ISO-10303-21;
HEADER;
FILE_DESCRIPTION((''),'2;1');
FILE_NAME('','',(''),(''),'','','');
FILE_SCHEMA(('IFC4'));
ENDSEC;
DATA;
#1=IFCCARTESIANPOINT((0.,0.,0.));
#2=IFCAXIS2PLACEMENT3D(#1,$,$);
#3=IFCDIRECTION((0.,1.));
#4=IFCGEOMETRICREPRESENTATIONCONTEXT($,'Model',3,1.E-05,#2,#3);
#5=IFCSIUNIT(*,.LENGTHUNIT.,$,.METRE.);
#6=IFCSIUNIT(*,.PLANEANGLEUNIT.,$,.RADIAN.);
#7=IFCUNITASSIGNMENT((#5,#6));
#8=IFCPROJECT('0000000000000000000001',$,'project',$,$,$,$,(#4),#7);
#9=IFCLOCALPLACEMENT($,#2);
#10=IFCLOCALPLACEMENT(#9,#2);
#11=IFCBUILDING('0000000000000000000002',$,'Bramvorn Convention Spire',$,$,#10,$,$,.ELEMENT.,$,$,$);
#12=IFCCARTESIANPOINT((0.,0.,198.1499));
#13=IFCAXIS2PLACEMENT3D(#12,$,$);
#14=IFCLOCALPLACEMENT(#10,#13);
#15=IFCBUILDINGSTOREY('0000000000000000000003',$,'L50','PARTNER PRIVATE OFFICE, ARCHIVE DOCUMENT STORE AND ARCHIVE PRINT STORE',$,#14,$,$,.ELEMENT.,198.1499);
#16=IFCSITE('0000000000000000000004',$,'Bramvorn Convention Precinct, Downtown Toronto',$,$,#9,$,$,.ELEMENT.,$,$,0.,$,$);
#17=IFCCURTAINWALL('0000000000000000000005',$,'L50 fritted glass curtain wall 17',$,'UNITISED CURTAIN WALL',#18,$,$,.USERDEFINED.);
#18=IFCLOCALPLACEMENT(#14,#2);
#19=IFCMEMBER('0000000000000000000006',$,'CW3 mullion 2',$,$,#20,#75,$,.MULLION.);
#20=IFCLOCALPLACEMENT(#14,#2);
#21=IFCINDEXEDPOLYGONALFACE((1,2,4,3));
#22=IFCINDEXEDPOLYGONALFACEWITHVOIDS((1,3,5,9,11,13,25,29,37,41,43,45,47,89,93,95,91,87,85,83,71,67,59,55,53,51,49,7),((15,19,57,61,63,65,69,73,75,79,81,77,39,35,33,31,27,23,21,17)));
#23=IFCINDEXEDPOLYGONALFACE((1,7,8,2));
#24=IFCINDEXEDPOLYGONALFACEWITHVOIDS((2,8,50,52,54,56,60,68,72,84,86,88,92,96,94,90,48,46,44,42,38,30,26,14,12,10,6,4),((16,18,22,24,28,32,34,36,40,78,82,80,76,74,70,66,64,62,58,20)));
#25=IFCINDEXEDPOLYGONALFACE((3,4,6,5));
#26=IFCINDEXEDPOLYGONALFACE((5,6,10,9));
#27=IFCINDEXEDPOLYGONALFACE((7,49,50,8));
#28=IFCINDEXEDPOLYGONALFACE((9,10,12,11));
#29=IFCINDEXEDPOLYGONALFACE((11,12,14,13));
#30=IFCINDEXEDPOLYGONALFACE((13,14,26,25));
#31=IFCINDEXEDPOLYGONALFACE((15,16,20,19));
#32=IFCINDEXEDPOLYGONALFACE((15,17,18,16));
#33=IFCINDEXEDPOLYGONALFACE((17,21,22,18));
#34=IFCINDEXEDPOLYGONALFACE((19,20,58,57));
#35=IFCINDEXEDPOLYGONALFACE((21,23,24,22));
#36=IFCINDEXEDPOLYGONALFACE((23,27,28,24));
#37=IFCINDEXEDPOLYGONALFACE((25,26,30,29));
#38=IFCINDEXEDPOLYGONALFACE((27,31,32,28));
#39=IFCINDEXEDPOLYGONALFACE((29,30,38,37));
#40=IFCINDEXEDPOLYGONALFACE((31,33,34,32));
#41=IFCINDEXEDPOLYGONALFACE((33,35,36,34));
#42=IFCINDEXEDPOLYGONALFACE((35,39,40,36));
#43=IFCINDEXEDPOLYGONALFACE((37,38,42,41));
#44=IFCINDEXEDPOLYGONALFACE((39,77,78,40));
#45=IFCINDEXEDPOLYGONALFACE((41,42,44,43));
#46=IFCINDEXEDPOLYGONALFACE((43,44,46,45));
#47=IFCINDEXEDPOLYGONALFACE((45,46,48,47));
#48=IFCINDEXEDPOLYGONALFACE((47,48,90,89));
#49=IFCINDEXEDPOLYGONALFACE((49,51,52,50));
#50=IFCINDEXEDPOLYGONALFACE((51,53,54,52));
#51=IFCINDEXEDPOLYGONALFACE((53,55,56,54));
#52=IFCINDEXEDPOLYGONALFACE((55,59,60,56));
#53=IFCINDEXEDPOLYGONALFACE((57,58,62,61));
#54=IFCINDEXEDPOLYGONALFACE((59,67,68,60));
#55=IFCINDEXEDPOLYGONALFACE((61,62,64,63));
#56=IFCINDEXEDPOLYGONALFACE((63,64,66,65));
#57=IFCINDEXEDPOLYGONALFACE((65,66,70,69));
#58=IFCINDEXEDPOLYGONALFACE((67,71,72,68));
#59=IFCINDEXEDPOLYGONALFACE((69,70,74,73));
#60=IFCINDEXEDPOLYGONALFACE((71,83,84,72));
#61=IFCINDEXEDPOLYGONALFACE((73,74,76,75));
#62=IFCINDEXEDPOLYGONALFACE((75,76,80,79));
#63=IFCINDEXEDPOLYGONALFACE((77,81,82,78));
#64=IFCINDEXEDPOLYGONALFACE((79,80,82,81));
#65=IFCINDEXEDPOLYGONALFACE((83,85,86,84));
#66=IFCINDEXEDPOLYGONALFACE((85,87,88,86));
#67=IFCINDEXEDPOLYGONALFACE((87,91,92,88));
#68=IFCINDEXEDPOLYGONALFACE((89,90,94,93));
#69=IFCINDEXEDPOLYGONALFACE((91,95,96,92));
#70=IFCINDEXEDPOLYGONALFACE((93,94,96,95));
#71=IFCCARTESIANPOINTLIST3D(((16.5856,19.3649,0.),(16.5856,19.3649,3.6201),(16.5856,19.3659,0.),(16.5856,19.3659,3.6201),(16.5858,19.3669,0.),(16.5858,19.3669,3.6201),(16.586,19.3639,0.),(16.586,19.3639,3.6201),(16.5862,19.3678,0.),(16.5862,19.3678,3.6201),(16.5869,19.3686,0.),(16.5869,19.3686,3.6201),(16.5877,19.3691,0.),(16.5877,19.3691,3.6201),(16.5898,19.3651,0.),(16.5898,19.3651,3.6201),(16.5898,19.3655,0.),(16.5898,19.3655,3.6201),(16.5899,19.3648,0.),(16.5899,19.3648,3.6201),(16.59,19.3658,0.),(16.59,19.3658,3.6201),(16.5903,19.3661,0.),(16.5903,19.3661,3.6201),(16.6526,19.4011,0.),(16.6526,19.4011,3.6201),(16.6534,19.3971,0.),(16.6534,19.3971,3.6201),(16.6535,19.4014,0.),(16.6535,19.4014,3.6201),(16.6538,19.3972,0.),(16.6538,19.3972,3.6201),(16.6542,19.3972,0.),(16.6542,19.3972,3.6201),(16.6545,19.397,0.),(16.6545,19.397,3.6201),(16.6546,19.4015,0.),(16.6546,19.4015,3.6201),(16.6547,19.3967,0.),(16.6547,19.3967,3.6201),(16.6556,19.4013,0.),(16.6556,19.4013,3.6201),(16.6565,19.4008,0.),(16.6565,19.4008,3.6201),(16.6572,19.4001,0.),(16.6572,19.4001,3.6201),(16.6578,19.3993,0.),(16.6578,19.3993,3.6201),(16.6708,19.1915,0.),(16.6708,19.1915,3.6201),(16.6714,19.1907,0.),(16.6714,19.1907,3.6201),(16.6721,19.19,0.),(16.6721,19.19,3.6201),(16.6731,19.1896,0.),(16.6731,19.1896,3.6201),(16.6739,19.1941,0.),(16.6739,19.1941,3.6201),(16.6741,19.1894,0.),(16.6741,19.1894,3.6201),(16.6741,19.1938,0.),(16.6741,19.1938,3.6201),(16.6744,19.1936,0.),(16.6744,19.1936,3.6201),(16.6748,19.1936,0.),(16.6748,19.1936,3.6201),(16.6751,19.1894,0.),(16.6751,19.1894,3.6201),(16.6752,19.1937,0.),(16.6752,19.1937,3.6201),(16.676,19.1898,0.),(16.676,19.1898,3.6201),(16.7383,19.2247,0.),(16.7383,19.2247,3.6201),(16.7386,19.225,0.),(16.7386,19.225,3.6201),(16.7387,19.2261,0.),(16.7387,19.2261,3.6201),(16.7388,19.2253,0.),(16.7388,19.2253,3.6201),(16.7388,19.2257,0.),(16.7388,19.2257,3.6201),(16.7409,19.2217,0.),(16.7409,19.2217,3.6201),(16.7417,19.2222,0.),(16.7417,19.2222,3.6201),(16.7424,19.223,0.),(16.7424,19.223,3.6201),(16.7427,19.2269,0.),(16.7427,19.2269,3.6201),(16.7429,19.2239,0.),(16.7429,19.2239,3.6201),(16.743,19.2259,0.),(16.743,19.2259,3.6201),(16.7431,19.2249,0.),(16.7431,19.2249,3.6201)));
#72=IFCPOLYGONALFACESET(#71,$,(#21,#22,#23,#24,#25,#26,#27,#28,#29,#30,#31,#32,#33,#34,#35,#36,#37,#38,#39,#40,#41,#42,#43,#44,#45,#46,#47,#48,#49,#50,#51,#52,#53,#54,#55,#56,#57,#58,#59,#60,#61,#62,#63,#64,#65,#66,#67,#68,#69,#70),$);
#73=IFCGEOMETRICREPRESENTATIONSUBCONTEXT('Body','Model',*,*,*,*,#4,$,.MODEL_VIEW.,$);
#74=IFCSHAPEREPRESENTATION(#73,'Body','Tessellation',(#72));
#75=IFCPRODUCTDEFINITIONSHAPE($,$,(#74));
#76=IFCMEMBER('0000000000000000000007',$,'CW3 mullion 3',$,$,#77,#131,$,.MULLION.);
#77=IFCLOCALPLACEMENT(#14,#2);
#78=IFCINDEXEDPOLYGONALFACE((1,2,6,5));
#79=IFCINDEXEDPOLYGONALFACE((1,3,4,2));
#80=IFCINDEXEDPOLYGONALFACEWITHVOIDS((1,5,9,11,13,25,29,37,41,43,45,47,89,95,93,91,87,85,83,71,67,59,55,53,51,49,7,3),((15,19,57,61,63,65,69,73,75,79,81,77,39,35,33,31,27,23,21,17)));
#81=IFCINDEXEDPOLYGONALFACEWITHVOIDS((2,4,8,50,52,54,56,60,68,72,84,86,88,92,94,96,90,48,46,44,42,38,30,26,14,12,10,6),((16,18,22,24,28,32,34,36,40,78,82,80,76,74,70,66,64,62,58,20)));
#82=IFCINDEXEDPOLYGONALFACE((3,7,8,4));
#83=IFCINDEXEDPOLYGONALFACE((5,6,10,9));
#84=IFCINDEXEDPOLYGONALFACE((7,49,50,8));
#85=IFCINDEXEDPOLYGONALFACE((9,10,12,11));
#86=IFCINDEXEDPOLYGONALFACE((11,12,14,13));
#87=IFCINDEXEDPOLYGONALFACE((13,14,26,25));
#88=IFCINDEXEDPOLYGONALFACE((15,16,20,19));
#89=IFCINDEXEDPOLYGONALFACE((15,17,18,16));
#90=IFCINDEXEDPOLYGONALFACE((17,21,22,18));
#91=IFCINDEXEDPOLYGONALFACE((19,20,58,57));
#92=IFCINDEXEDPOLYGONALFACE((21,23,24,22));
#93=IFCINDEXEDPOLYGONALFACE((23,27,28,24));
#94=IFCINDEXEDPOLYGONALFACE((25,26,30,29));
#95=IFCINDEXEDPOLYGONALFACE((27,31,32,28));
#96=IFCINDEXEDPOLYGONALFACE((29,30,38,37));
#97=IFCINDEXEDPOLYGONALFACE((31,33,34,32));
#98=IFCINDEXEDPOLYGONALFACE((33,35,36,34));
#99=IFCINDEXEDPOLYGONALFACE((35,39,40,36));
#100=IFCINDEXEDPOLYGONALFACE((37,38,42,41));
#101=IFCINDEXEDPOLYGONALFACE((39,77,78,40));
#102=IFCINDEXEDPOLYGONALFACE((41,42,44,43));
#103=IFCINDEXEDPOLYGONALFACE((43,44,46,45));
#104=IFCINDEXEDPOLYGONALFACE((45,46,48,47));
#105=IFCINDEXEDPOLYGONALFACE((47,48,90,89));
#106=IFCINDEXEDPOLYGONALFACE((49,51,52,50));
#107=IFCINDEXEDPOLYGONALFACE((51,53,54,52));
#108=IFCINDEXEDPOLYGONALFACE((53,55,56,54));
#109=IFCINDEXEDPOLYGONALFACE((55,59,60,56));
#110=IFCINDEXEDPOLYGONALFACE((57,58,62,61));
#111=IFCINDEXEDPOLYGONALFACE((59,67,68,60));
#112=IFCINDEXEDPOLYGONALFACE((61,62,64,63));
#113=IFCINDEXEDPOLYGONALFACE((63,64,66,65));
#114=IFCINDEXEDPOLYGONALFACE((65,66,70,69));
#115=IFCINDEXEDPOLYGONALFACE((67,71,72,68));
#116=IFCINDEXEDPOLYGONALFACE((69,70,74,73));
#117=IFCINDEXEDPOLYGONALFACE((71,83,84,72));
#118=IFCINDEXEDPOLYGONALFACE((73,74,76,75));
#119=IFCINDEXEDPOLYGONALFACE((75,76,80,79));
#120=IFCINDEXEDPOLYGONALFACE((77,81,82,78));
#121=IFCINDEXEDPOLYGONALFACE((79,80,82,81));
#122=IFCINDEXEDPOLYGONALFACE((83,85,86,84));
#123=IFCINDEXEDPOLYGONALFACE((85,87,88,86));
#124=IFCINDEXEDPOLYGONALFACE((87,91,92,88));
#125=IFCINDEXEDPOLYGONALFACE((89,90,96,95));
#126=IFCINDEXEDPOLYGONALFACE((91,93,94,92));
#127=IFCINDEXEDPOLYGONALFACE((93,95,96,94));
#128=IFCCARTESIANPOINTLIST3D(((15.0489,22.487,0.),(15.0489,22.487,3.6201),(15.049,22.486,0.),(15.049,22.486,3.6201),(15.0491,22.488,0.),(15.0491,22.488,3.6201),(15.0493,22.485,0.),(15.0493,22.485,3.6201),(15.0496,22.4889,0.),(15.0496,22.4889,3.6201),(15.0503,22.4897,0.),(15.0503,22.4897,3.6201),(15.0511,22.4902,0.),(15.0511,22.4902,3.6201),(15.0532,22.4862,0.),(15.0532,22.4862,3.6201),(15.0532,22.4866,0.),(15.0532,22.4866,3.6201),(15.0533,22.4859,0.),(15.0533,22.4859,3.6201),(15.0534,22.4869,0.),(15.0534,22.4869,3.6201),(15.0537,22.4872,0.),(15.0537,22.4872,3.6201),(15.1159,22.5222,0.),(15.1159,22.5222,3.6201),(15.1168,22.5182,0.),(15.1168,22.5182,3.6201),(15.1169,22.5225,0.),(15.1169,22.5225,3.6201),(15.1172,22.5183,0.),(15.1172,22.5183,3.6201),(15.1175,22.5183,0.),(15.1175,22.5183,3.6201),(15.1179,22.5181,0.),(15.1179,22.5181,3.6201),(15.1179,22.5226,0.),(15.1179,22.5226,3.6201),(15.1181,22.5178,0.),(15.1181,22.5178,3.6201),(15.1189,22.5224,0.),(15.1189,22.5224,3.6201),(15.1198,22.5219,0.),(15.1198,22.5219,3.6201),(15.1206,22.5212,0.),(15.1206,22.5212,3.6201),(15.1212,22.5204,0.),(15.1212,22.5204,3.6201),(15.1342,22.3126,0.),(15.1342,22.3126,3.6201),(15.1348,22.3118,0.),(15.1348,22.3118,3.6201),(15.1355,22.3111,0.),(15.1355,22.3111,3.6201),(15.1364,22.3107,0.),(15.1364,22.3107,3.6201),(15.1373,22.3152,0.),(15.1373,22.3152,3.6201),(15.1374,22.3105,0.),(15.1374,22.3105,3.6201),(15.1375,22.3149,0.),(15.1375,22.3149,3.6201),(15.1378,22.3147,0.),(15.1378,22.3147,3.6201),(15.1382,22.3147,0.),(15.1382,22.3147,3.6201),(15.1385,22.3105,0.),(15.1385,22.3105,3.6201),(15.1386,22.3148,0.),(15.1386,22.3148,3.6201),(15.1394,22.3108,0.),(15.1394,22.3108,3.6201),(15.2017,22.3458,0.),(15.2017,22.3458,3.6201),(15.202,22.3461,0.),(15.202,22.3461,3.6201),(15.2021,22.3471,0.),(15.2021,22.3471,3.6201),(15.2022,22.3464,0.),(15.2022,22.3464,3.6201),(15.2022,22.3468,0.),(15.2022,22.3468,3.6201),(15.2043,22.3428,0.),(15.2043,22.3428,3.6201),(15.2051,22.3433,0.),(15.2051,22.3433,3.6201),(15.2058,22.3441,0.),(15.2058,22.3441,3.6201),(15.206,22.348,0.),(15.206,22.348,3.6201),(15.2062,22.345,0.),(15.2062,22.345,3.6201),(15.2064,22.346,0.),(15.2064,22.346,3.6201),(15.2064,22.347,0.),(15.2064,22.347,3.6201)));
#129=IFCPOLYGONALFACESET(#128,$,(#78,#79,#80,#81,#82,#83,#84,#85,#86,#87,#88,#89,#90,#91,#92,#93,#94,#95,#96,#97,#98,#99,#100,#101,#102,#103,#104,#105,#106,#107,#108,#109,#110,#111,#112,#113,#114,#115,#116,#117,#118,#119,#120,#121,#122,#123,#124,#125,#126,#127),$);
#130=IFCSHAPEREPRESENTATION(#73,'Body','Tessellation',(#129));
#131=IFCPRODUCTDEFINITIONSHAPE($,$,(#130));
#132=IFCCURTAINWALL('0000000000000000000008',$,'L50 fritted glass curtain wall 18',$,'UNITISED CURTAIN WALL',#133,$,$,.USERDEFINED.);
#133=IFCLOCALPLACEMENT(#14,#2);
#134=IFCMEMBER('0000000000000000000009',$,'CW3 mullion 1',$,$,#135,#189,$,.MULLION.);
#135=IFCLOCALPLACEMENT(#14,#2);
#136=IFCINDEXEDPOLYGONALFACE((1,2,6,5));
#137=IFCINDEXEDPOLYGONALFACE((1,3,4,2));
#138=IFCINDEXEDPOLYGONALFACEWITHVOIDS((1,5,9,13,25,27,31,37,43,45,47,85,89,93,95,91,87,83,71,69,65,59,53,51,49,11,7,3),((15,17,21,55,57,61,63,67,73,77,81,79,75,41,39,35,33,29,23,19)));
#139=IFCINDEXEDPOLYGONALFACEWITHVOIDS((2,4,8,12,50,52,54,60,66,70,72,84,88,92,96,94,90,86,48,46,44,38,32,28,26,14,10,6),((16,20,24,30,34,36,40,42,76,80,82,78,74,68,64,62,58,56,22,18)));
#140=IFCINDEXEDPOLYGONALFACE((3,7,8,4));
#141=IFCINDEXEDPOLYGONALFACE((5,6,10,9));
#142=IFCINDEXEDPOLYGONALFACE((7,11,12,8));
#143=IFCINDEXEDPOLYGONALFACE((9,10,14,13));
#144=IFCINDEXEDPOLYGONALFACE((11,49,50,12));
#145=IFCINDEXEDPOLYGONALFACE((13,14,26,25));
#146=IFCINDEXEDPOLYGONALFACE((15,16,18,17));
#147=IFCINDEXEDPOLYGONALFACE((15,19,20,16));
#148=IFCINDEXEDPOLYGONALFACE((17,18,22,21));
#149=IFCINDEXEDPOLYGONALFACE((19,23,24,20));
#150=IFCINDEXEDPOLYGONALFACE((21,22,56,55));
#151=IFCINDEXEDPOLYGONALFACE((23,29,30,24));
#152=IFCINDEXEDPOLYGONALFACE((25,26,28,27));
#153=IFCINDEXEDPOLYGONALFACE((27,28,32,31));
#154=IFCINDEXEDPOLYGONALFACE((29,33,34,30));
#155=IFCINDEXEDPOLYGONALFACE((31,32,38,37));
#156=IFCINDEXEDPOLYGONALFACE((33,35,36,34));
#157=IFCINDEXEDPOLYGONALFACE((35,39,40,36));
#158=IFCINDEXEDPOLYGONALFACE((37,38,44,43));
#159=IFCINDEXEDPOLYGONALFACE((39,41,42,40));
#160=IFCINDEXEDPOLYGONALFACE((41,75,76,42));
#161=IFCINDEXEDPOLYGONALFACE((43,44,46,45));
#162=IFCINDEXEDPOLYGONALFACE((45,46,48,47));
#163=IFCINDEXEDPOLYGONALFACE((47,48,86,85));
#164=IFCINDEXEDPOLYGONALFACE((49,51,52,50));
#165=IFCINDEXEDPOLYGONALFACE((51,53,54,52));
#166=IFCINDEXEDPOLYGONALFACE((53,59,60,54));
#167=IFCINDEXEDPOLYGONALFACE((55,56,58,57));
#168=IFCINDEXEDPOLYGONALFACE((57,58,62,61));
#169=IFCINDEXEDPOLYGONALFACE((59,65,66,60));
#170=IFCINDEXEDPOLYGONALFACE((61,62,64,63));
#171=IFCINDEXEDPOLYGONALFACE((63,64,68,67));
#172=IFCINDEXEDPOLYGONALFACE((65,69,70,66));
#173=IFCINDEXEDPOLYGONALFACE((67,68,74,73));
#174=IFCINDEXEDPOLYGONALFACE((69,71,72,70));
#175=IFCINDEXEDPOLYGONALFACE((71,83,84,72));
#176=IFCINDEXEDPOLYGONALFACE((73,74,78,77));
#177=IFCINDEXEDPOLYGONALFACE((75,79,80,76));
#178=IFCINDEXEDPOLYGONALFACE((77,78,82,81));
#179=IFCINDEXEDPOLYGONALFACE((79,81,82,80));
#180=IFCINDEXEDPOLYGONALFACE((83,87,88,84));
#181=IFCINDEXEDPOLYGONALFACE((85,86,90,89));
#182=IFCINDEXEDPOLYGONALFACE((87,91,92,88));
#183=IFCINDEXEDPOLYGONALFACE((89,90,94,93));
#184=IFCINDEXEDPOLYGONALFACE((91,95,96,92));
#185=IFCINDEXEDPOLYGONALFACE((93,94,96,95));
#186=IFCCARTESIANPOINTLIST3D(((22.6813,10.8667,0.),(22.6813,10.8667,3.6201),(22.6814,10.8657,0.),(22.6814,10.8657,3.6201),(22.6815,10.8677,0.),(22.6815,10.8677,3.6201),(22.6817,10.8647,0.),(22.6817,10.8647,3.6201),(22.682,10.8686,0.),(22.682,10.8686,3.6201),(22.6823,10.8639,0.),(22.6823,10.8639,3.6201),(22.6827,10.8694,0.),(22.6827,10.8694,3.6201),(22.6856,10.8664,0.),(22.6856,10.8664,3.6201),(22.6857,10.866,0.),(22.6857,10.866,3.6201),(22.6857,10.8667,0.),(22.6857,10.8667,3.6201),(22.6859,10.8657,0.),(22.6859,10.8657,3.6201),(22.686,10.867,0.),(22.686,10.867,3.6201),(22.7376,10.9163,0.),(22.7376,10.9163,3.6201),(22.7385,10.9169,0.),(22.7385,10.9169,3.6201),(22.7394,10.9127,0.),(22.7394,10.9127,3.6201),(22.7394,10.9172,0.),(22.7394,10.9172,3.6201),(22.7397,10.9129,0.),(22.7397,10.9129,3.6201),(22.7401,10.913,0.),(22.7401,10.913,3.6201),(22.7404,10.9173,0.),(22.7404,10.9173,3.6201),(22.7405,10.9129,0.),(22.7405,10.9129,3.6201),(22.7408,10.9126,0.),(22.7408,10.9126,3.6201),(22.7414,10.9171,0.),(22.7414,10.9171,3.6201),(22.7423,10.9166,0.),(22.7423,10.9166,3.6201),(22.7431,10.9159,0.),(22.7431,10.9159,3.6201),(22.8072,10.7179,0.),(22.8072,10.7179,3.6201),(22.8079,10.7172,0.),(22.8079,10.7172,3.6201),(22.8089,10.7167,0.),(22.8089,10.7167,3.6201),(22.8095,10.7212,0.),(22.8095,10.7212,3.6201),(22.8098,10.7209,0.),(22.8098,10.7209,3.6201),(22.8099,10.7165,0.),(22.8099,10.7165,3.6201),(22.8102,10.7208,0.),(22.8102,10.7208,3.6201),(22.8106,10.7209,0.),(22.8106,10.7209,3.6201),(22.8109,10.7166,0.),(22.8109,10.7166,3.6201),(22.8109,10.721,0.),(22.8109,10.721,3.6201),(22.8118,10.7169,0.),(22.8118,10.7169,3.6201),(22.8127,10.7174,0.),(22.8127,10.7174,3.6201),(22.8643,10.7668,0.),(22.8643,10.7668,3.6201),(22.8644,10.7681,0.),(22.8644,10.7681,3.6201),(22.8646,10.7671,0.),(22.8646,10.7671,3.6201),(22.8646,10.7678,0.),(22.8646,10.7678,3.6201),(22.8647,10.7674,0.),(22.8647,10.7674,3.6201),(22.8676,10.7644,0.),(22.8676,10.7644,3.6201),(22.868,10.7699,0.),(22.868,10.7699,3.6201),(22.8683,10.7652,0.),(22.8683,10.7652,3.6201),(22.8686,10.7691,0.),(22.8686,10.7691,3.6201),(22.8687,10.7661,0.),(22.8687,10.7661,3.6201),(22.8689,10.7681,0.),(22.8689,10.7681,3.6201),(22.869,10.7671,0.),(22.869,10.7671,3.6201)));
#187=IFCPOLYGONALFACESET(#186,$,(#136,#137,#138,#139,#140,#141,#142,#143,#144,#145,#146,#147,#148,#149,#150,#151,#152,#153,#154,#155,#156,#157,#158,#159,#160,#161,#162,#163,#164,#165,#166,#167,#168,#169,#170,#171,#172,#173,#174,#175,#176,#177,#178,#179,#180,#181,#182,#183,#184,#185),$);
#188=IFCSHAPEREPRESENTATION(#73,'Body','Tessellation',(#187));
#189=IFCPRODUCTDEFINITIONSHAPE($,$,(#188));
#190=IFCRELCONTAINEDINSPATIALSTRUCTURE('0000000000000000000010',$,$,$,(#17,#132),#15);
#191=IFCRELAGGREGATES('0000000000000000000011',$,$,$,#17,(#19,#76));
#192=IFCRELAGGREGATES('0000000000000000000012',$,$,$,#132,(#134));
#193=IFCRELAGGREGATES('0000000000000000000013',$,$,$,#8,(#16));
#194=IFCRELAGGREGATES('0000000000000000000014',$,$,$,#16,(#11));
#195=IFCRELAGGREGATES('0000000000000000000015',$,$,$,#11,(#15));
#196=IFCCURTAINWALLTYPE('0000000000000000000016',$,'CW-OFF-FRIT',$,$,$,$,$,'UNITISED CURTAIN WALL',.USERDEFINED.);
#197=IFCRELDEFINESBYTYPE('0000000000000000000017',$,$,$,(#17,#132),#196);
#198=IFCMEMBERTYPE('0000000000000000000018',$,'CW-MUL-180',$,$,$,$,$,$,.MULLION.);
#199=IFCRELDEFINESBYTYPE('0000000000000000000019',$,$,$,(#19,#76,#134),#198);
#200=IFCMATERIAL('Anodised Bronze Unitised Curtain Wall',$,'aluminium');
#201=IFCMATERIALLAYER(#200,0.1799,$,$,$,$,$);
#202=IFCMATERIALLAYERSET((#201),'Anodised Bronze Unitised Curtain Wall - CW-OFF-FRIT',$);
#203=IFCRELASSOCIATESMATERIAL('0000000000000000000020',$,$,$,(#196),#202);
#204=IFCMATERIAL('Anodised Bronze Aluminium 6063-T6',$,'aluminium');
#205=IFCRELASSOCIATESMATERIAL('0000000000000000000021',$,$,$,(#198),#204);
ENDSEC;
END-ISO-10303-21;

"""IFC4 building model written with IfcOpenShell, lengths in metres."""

from ifc_helpers import new_model, si_unit, direction, frame, origin, origin_2d, place, context, subcontext, project, spatial, hollow_rectangle, extrude, material, layer, layer_set, material_profile, profile_set, type_object, element, aggregate, save


model = new_model("IFC4")

# Units and contexts
model_context = context("Model", 3, precision=1e-05, world=origin(), true_north=direction((0.0, 1.0)))
body_context = subcontext(model_context, "Body", "Model", "MODEL_VIEW")
ifc_project = project(units=[si_unit("LENGTHUNIT", "METRE"), si_unit("PLANEANGLEUNIT", "RADIAN")], contexts=[model_context])

# Site, building, storey
site_placement = place(None, origin())
site = spatial("IfcSite", under=ifc_project, at=site_placement, Name="Bramvorn Convention Precinct, Downtown Toronto", CompositionType="ELEMENT", RefElevation=0.0)
building_placement = place(site_placement, origin())
building = spatial("IfcBuilding", under=site, at=building_placement, Name="Bramvorn Convention Spire", CompositionType="ELEMENT")
storey_placement = place(building_placement, frame((0.0, 0.0, 198.1499)))
storey = spatial("IfcBuildingStorey", under=building, at=storey_placement, Name="L50", Description="PARTNER PRIVATE OFFICE, ARCHIVE DOCUMENT STORE AND ARCHIVE PRINT STORE", CompositionType="ELEMENT", Elevation=198.1499)

# Curtain walls, members
ifc_material_1 = material(Name="Anodised Bronze Unitised Curtain Wall", Category="aluminium")
ifc_layer_1 = layer(ifc_material_1, 0.1799)
ifc_layer_set_1 = layer_set([ifc_layer_1], Name="Anodised Bronze Unitised Curtain Wall - CW-OFF-FRIT")
curtain_wall_type = type_object("IfcCurtainWallType", Name="CW-OFF-FRIT", ElementType="UNITISED CURTAIN WALL", PredefinedType="USERDEFINED", material=ifc_layer_set_1)
curtain_wall_1_placement = place(storey_placement, origin())
curtain_wall_1 = element("IfcCurtainWall", 1, at=curtain_wall_1_placement, inside=storey, type_object=curtain_wall_type, Name="L50 fritted glass curtain wall 17", ObjectType="UNITISED CURTAIN WALL", PredefinedType="USERDEFINED")
ifc_material_2 = material(Name="Anodised Bronze Aluminium 6063-T6", Category="aluminium")
ifc_material_profile_1 = material_profile(ifc_material_2, hollow_rectangle(XDim=0.0801, YDim=0.2, WallThickness=0.0039, InnerFilletRadius=0.001, OuterFilletRadius=0.0039, at=origin_2d()))
ifc_profile_set_1 = profile_set([ifc_material_profile_1], Name="Anodised Bronze Aluminium 6063-T6 - CWM80X200")
member_type_1 = type_object("IfcMemberType", Name="CW-MUL-180", PredefinedType="MULLION", material=ifc_profile_set_1)
member_1_placement = place(storey_placement, frame((16.6643, 19.2954, 0.0), z_axis=(0.0, 0.0, 1.0), x_axis=(-0.897183, -0.441659, 0.0)))
member_1 = element("IfcMember", 2, at=member_1_placement, type_object=member_type_1, Name="CW3 mullion 2", PredefinedType="MULLION", context=body_context, shape_type="SweptSolid", body=[
    extrude(hollow_rectangle(XDim=0.0801, YDim=0.2, WallThickness=0.0039, InnerFilletRadius=0.001, OuterFilletRadius=0.0039, at=origin_2d()), origin(), (0.0, 0.0, 1.0), 3.6201),
])
member_2_placement = place(storey_placement, frame((15.1277, 22.4165, 0.0), z_axis=(0.0, 0.0, 1.0), x_axis=(-0.897183, -0.441659, 0.0)))
member_2 = element("IfcMember", 3, at=member_2_placement, type_object=member_type_1, Name="CW3 mullion 3", PredefinedType="MULLION", context=body_context, shape_type="SweptSolid", body=[
    extrude(hollow_rectangle(XDim=0.0801, YDim=0.2, WallThickness=0.0039, InnerFilletRadius=0.001, OuterFilletRadius=0.0039, at=origin_2d()), origin(), (0.0, 0.0, 1.0), 3.6201),
])
curtain_wall_2_placement = place(storey_placement, origin())
curtain_wall_2 = element("IfcCurtainWall", 4, at=curtain_wall_2_placement, inside=storey, type_object=curtain_wall_type, Name="L50 fritted glass curtain wall 18", ObjectType="UNITISED CURTAIN WALL", PredefinedType="USERDEFINED")
member_3_placement = place(storey_placement, frame((22.7751, 10.8169, 0.0), z_axis=(0.0, 0.0, 1.0), x_axis=(-0.759787, -0.650172, 0.0)))
member_3 = element("IfcMember", 5, at=member_3_placement, type_object=member_type_1, Name="CW3 mullion 1", PredefinedType="MULLION", context=body_context, shape_type="SweptSolid", body=[
    extrude(hollow_rectangle(XDim=0.0801, YDim=0.2, WallThickness=0.0039, InnerFilletRadius=0.001, OuterFilletRadius=0.0039, at=origin_2d()), origin(), (0.0, 0.0, 1.0), 3.6201),
])

aggregate(curtain_wall_1, [member_1, member_2])
aggregate(curtain_wall_2, [member_3])

save(model, "model.ifc")
